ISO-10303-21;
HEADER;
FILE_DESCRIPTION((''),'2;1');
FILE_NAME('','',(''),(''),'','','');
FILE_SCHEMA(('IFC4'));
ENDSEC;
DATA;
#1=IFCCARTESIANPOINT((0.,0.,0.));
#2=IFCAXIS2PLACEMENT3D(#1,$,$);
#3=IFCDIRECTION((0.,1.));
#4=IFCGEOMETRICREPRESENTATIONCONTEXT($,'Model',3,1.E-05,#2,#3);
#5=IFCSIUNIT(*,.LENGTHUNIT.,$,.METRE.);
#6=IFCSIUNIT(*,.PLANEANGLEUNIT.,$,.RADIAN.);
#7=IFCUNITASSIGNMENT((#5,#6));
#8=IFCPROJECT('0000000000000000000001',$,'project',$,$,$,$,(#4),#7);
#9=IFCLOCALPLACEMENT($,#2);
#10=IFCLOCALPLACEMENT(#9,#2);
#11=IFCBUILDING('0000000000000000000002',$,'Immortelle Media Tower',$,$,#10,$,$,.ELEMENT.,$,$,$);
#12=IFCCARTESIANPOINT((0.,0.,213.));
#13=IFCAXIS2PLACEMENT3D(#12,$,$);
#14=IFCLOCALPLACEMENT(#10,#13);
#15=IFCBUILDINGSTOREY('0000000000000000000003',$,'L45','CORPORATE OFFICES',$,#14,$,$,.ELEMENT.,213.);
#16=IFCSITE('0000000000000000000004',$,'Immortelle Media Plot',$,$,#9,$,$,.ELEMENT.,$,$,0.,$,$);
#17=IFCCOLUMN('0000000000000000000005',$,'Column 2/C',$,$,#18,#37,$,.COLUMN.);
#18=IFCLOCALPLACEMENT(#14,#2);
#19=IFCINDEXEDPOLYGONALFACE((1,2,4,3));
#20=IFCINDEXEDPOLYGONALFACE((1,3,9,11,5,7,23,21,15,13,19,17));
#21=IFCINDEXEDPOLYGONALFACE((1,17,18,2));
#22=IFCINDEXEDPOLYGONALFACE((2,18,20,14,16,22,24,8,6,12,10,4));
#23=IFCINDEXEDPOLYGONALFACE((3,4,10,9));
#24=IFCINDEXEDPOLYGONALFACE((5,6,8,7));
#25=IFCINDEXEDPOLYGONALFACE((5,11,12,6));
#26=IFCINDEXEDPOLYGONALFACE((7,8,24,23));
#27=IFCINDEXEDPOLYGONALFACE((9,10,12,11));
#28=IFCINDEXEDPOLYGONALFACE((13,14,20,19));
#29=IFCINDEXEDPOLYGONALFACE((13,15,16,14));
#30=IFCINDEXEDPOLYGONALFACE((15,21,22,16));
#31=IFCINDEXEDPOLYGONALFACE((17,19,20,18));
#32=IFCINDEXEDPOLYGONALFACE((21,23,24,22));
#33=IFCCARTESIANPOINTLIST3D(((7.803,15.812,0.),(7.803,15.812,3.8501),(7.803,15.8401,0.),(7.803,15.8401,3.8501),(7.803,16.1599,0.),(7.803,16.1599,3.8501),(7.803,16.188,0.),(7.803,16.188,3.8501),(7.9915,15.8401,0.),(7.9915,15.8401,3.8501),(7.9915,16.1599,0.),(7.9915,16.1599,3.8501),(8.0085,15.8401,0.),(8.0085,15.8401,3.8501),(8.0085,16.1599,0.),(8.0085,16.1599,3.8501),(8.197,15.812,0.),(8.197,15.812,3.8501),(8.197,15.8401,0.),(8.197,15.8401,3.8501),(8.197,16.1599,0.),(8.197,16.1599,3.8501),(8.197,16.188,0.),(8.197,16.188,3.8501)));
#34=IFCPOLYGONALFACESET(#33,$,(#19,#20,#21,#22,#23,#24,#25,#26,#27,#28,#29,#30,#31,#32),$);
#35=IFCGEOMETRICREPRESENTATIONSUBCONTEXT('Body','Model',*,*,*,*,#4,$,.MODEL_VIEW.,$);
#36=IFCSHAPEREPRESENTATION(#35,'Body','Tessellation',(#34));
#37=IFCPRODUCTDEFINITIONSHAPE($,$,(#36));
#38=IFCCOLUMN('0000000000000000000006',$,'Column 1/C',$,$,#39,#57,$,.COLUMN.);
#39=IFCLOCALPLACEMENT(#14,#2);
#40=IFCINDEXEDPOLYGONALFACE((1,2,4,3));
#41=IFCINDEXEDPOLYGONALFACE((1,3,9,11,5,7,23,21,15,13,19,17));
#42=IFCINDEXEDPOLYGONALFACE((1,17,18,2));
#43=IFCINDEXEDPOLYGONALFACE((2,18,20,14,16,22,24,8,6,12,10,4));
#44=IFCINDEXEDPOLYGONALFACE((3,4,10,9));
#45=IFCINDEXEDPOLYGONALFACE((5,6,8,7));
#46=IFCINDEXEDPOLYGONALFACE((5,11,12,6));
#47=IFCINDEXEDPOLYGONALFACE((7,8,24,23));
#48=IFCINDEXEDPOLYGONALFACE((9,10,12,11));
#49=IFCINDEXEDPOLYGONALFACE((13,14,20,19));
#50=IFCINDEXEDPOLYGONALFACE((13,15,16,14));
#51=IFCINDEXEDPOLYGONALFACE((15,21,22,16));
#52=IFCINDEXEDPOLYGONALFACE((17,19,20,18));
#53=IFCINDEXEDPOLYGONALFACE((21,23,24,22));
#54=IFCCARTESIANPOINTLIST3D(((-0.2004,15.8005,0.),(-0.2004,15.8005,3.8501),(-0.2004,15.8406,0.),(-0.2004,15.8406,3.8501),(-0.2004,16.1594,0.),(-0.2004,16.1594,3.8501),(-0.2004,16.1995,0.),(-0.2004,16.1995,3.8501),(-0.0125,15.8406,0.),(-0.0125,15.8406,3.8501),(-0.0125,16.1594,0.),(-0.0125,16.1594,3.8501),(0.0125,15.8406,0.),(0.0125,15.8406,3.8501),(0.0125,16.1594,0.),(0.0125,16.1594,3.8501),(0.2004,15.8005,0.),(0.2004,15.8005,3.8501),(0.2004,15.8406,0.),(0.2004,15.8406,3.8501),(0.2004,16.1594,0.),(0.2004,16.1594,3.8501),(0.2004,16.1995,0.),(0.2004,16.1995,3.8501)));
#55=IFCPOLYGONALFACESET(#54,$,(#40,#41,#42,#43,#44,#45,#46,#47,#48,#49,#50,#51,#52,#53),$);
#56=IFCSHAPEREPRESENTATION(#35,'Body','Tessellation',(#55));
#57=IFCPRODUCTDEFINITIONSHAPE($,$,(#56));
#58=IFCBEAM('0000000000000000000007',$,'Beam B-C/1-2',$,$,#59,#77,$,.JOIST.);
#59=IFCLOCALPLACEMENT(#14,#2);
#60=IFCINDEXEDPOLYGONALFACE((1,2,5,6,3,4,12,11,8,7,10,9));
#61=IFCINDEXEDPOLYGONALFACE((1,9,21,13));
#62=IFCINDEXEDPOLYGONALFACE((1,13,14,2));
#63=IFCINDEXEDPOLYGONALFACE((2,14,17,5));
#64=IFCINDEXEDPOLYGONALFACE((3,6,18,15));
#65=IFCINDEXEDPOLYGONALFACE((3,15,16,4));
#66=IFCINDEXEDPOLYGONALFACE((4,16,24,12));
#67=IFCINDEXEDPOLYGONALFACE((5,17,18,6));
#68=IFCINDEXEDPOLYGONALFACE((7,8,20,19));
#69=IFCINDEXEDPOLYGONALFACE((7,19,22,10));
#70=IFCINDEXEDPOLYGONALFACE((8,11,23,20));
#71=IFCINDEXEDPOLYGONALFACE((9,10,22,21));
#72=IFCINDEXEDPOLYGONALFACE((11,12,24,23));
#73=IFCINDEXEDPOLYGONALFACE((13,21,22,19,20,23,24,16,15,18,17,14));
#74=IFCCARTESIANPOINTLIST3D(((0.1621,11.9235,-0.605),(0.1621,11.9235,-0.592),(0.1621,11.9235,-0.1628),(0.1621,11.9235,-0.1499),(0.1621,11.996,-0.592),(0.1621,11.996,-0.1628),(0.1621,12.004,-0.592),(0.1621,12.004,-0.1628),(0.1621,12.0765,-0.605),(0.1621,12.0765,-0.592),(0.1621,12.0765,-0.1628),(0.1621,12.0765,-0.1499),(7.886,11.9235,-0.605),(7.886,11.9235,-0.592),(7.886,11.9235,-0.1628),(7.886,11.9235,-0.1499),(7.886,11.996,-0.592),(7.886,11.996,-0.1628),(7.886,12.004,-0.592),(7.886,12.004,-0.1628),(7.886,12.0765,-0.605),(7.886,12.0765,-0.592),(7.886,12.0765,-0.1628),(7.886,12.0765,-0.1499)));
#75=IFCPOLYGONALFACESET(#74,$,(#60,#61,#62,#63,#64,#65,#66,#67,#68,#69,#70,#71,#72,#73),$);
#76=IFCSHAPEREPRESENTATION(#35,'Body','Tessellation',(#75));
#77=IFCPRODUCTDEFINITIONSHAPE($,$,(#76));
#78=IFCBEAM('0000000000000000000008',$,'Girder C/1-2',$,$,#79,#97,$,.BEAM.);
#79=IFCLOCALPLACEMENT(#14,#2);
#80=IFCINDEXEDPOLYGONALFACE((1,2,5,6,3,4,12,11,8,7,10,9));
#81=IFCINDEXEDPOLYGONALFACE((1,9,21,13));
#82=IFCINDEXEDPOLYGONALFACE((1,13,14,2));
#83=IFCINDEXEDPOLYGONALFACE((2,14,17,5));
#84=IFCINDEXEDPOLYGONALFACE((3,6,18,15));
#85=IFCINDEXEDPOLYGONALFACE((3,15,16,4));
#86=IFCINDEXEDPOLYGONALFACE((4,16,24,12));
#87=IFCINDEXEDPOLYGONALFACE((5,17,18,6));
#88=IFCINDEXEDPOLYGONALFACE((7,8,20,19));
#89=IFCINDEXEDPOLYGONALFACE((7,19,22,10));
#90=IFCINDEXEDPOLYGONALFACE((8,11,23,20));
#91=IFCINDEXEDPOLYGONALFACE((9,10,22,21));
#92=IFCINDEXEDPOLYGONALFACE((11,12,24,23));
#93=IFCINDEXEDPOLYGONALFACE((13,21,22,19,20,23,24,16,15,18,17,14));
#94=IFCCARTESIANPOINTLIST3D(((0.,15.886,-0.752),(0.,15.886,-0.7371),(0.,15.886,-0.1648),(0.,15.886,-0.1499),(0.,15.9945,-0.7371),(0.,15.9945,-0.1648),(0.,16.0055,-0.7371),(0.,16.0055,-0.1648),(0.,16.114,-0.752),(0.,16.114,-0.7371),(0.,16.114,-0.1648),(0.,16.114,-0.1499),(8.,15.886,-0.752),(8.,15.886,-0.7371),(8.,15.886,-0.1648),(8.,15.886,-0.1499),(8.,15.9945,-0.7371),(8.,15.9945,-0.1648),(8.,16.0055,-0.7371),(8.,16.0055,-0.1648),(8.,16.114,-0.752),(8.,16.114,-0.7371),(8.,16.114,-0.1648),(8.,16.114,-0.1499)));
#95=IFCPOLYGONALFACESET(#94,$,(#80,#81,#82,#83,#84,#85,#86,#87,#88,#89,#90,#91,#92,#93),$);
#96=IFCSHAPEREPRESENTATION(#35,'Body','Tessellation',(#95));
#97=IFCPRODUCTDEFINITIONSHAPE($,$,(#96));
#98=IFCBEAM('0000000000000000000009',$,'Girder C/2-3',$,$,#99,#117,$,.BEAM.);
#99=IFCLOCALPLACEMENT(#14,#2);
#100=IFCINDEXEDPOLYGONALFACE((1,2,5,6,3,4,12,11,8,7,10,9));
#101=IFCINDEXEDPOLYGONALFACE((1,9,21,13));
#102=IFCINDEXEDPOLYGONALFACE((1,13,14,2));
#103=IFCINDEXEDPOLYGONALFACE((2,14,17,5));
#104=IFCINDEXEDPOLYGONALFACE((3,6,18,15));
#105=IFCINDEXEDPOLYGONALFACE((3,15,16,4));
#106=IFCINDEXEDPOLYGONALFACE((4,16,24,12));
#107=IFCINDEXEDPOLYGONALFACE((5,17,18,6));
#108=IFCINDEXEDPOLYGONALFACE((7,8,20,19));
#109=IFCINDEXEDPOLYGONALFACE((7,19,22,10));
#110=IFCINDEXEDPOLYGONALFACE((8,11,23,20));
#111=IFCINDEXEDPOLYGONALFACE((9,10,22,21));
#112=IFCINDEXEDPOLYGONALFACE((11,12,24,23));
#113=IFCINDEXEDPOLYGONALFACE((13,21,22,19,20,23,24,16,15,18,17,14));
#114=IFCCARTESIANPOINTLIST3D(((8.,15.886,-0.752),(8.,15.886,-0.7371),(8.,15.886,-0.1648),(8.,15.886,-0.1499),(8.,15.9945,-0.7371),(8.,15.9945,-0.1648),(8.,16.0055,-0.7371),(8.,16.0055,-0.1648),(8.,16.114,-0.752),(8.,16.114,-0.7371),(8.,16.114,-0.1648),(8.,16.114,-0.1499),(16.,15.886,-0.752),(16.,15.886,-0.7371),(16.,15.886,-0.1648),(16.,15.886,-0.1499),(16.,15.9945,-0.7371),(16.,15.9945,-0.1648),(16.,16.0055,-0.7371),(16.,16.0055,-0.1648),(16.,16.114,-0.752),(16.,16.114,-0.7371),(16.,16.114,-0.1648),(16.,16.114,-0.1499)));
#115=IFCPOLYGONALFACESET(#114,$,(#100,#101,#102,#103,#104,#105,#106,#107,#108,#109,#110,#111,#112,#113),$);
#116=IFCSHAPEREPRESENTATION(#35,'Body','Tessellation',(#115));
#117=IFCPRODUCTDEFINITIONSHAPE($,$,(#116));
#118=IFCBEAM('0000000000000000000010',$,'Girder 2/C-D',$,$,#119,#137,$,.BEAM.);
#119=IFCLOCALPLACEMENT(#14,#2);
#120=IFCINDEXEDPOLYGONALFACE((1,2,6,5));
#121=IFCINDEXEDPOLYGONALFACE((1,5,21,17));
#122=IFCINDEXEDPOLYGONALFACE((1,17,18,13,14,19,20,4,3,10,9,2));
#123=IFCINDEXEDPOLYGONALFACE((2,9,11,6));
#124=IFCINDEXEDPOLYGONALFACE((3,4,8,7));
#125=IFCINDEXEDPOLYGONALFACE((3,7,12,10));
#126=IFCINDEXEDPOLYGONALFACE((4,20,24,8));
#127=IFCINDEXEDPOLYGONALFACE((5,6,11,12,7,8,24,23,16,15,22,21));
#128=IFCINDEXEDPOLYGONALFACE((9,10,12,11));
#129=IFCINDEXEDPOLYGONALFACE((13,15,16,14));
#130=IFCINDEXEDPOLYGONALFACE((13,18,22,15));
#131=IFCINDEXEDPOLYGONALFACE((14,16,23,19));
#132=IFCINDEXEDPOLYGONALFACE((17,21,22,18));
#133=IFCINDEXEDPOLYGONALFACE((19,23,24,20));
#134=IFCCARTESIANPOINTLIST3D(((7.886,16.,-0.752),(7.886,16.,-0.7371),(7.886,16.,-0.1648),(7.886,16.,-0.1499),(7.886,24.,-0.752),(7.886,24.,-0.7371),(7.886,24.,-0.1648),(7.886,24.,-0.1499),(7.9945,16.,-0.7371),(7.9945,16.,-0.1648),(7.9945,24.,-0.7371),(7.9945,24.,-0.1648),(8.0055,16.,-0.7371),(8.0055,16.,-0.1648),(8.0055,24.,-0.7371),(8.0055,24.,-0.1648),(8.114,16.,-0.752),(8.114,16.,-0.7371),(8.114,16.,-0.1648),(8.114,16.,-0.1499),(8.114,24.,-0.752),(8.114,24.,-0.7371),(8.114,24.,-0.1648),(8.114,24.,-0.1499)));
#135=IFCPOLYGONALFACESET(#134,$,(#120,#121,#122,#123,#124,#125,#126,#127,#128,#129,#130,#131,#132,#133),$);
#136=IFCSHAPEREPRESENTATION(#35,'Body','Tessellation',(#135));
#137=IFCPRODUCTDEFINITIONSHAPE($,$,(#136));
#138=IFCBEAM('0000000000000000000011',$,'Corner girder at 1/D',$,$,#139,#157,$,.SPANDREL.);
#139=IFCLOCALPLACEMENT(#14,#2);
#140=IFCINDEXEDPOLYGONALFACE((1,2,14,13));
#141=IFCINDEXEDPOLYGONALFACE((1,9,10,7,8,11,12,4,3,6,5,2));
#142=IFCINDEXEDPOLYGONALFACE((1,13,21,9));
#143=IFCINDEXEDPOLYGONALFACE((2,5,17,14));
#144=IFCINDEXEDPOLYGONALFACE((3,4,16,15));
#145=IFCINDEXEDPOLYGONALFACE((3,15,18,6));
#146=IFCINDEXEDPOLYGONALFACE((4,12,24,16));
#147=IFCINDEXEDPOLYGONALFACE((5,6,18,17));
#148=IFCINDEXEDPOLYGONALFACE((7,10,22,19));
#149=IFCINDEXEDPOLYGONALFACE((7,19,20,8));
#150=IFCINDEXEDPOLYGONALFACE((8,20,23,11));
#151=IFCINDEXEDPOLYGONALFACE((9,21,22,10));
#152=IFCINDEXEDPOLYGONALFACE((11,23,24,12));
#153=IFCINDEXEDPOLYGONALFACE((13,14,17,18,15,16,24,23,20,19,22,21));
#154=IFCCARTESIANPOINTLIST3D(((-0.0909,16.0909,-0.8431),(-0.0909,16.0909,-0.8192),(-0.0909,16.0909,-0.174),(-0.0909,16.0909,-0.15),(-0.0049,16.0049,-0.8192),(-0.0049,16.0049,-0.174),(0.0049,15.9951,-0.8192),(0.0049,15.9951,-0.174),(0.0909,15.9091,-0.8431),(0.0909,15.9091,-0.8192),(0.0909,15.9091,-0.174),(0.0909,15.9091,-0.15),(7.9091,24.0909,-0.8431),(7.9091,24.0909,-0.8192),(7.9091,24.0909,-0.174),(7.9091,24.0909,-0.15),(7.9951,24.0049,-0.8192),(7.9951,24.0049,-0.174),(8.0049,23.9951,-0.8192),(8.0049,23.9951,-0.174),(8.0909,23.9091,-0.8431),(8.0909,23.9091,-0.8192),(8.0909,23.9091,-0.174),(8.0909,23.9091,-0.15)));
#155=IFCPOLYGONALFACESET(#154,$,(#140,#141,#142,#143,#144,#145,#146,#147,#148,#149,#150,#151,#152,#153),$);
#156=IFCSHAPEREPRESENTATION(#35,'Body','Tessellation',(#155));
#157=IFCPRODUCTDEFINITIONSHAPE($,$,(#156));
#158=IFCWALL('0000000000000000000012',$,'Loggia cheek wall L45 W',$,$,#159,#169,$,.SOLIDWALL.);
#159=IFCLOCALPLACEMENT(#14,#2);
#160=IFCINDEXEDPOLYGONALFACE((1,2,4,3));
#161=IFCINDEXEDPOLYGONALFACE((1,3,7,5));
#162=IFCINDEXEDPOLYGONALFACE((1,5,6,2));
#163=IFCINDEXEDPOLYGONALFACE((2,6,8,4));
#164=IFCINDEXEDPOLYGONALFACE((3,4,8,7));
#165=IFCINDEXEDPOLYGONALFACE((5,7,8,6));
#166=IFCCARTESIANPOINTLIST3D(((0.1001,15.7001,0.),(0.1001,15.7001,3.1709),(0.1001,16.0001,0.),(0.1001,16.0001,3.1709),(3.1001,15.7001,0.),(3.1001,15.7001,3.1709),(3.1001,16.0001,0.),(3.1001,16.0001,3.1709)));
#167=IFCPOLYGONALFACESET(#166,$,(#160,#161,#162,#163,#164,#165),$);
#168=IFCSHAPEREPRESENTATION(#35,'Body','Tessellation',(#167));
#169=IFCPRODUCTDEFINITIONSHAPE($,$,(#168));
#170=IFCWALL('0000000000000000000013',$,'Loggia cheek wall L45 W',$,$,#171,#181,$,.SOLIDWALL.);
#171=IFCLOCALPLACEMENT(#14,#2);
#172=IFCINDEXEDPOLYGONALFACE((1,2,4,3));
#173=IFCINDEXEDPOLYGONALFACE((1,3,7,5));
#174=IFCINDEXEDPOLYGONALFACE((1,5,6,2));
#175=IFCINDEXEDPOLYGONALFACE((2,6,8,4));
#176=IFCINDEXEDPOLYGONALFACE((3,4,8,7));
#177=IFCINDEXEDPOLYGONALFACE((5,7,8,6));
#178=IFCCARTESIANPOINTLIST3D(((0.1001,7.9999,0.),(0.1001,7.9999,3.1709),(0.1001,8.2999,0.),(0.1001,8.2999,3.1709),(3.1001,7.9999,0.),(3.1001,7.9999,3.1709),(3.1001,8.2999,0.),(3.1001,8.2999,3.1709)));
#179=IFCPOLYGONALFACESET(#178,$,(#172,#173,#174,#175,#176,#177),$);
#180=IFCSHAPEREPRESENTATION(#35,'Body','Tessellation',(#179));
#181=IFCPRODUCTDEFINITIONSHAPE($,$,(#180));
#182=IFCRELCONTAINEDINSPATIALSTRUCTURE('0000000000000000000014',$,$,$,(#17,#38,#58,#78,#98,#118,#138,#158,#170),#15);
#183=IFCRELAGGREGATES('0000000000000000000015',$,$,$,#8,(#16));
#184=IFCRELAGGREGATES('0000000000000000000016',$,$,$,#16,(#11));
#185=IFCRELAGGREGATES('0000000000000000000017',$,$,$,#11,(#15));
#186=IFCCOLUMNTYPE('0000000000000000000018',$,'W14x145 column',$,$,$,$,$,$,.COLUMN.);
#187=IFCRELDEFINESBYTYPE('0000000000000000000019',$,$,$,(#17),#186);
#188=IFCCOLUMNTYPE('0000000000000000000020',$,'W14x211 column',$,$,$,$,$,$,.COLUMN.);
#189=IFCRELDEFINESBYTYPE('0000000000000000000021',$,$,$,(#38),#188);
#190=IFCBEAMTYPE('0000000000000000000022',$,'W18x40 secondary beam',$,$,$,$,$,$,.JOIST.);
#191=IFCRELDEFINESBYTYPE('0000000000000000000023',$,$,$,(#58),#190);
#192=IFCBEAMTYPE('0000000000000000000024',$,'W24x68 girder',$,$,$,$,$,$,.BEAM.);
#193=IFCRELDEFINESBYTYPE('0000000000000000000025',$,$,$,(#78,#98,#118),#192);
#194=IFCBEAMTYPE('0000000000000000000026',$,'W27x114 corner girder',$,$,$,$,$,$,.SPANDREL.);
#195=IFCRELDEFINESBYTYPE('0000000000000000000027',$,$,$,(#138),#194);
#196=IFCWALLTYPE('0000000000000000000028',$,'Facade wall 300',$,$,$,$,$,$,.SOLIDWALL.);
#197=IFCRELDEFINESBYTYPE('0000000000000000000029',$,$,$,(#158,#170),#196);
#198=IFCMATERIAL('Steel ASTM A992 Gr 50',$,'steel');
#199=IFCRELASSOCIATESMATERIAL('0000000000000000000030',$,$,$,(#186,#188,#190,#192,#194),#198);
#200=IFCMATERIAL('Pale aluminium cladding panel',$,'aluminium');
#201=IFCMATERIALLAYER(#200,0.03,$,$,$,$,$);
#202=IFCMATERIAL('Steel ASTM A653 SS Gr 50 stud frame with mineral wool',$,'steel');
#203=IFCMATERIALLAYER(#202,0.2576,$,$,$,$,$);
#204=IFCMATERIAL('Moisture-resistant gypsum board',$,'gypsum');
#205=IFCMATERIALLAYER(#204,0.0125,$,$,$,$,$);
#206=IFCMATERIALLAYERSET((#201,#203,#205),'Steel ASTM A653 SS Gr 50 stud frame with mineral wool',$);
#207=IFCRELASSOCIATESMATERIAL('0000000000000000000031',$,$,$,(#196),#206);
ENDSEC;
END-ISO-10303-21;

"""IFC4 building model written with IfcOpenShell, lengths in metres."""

from ifc_helpers import new_model, si_unit, direction, frame, frame_2d, origin, origin_2d, place, context, subcontext, project, spatial, rectangle, i_section, extrude, material, layer, layer_set, material_profile, profile_set, type_object, element, save


model = new_model("IFC4")

# Units and contexts
model_context = context("Model", 3, precision=1e-05, world=origin(), true_north=direction((0.0, 1.0)))
body_context = subcontext(model_context, "Body", "Model", "MODEL_VIEW")
ifc_project = project(units=[si_unit("LENGTHUNIT", "METRE"), si_unit("PLANEANGLEUNIT", "RADIAN")], contexts=[model_context])

# Site, building, storey
site_placement = place(None, origin())
site = spatial("IfcSite", under=ifc_project, at=site_placement, Name="Immortelle Media Plot", CompositionType="ELEMENT", RefElevation=0.0)
building_placement = place(site_placement, origin())
building = spatial("IfcBuilding", under=site, at=building_placement, Name="Immortelle Media Tower", CompositionType="ELEMENT")
storey_placement = place(building_placement, frame((0.0, 0.0, 213.0)))
storey = spatial("IfcBuildingStorey", under=building, at=storey_placement, Name="L45", Description="CORPORATE OFFICES", CompositionType="ELEMENT", Elevation=213.0)

# Columns
ifc_material_1 = material(Name="Steel ASTM A992 Gr 50", Category="steel")
ifc_material_profile_1 = material_profile(ifc_material_1, i_section(OverallWidth=0.394, OverallDepth=0.376, WebThickness=0.0171, FlangeThickness=0.0281, at=origin_2d()), Name="W14x145")
ifc_profile_set_1 = profile_set([ifc_material_profile_1], Name="Steel ASTM A992 Gr 50")
column_type_1 = type_object("IfcColumnType", Name="W14x145 column", PredefinedType="COLUMN", material=ifc_profile_set_1)
column_1_placement = place(storey_placement, frame((8.0, 16.0, 0.0), z_axis=(0.0, 0.0, 1.0), x_axis=(1.0, 0.0, 0.0)))
element("IfcColumn", 1, at=column_1_placement, inside=storey, type_object=column_type_1, Name="Column 2/C", PredefinedType="COLUMN", context=body_context, shape_type="SweptSolid", body=[
    extrude(i_section(OverallWidth=0.394, OverallDepth=0.376, WebThickness=0.0171, FlangeThickness=0.0281, at=origin_2d()), origin(), (0.0, 0.0, 1.0), 3.8501),
])
ifc_material_profile_2 = material_profile(ifc_material_1, i_section(OverallWidth=0.4009, OverallDepth=0.3989, WebThickness=0.0249, FlangeThickness=0.04, at=origin_2d()), Name="W14x211")
ifc_profile_set_2 = profile_set([ifc_material_profile_2], Name="Steel ASTM A992 Gr 50")
column_type_2 = type_object("IfcColumnType", Name="W14x211 column", PredefinedType="COLUMN", material=ifc_profile_set_2)
column_2_placement = place(storey_placement, frame((0.0, 16.0, 0.0), z_axis=(0.0, 0.0, 1.0), x_axis=(1.0, 0.0, 0.0)))
element("IfcColumn", 2, at=column_2_placement, inside=storey, type_object=column_type_2, Name="Column 1/C", PredefinedType="COLUMN", context=body_context, shape_type="SweptSolid", body=[
    extrude(i_section(OverallWidth=0.4009, OverallDepth=0.3989, WebThickness=0.0249, FlangeThickness=0.04, at=origin_2d()), origin(), (0.0, 0.0, 1.0), 3.8501),
])

# Beams
ifc_material_profile_3 = material_profile(ifc_material_1, i_section(OverallWidth=0.1531, OverallDepth=0.4551, WebThickness=0.0081, FlangeThickness=0.0129, at=origin_2d()), Name="W18x40")
ifc_profile_set_3 = profile_set([ifc_material_profile_3], Name="Steel ASTM A992 Gr 50")
beam_type_1 = type_object("IfcBeamType", Name="W18x40 secondary beam", PredefinedType="JOIST", material=ifc_profile_set_3)
beam_1_placement = place(storey_placement, frame((0.1621, 12.0, -0.3774), z_axis=(1.0, 0.0, 0.0), x_axis=(0.0, 1.0, 0.0)))
element("IfcBeam", 3, at=beam_1_placement, inside=storey, type_object=beam_type_1, Name="Beam B-C/1-2", PredefinedType="JOIST", context=body_context, shape_type="SweptSolid", body=[
    extrude(i_section(OverallWidth=0.1531, OverallDepth=0.4551, WebThickness=0.0081, FlangeThickness=0.0129, at=origin_2d()), origin(), (0.0, 0.0, 1.0), 7.7239),
])
ifc_material_profile_4 = material_profile(ifc_material_1, i_section(OverallWidth=0.228, OverallDepth=0.6021, WebThickness=0.011, FlangeThickness=0.0149, at=origin_2d()), Name="W24x68")
ifc_profile_set_4 = profile_set([ifc_material_profile_4], Name="Steel ASTM A992 Gr 50")
beam_type_2 = type_object("IfcBeamType", Name="W24x68 girder", PredefinedType="BEAM", material=ifc_profile_set_4)
for number, where, z_axis, x_axis, name in (
    (4, (0.0, 16.0, -0.4509), (1.0, 0.0, 0.0), (0.0, 1.0, 0.0), "Girder C/1-2"),
    (5, (8.0, 16.0, -0.4509), (1.0, 0.0, 0.0), (0.0, 1.0, 0.0), "Girder C/2-3"),
    (6, (8.0, 16.0, -0.4509), (0.0, 1.0, 0.0), (-1.0, 0.0, 0.0), "Girder 2/C-D"),
):
    element("IfcBeam", number, at=place(storey_placement, frame(where, z_axis=z_axis, x_axis=x_axis)), inside=storey, type_object=beam_type_2, Name=name, PredefinedType="BEAM", context=body_context, shape_type="SweptSolid", body=[
        extrude(i_section(OverallWidth=0.228, OverallDepth=0.6021, WebThickness=0.011, FlangeThickness=0.0149, at=origin_2d()), origin(), (0.0, 0.0, 1.0), 8.0),
    ])
ifc_material_profile_5 = material_profile(ifc_material_1, i_section(OverallWidth=0.2571, OverallDepth=0.6931, WebThickness=0.0139, FlangeThickness=0.0239, at=origin_2d()), Name="W27x114")
ifc_profile_set_5 = profile_set([ifc_material_profile_5], Name="Steel ASTM A992 Gr 50")
beam_type_3 = type_object("IfcBeamType", Name="W27x114 corner girder", PredefinedType="SPANDREL", material=ifc_profile_set_5)
beam_2_placement = place(storey_placement, frame((0.0, 16.0, -0.4966), z_axis=(0.707107, 0.707107, 0.0), x_axis=(-0.707107, 0.707107, 0.0)))
element("IfcBeam", 7, at=beam_2_placement, inside=storey, type_object=beam_type_3, Name="Corner girder at 1/D", PredefinedType="SPANDREL", context=body_context, shape_type="SweptSolid", body=[
    extrude(i_section(OverallWidth=0.2571, OverallDepth=0.6931, WebThickness=0.0139, FlangeThickness=0.0239, at=origin_2d()), origin(), (0.0, 0.0, 1.0), 11.3137),
])

# Shared definitions
ifc_material_2 = material(Name="Pale aluminium cladding panel", Category="aluminium")
ifc_layer_1 = layer(ifc_material_2, 0.03)
ifc_material_3 = material(Name="Steel ASTM A653 SS Gr 50 stud frame with mineral wool", Category="steel")
ifc_layer_2 = layer(ifc_material_3, 0.2576)
ifc_material_4 = material(Name="Moisture-resistant gypsum board", Category="gypsum")
ifc_layer_3 = layer(ifc_material_4, 0.0125)
ifc_layer_set_1 = layer_set([ifc_layer_1, ifc_layer_2, ifc_layer_3], Name="Steel ASTM A653 SS Gr 50 stud frame with mineral wool")
wall_type_1 = type_object("IfcWallType", Name="Facade wall 300", PredefinedType="SOLIDWALL", material=ifc_layer_set_1)

# Walls
for number, where, z_axis, x_axis, name in (
    (8, (0.1001, 15.8501, 0.0), (0.0, 0.0, 1.0), (1.0, 0.0, 0.0), "Loggia cheek wall L45 W"),
    (9, (0.1001, 8.1499, 0.0), (0.0, 0.0, 1.0), (1.0, 0.0, 0.0), "Loggia cheek wall L45 W"),
):
    element("IfcWall", number, at=place(storey_placement, frame(where, z_axis=z_axis, x_axis=x_axis)), inside=storey, type_object=wall_type_1, Name=name, PredefinedType="SOLIDWALL", context=body_context, shape_type="SweptSolid", body=[
        extrude(rectangle(XDim=3.0, YDim=0.3, at=frame_2d((1.5, 0.0))), origin(), (0.0, 0.0, 1.0), 3.1709),
    ])

save(model, "model.ifc")
